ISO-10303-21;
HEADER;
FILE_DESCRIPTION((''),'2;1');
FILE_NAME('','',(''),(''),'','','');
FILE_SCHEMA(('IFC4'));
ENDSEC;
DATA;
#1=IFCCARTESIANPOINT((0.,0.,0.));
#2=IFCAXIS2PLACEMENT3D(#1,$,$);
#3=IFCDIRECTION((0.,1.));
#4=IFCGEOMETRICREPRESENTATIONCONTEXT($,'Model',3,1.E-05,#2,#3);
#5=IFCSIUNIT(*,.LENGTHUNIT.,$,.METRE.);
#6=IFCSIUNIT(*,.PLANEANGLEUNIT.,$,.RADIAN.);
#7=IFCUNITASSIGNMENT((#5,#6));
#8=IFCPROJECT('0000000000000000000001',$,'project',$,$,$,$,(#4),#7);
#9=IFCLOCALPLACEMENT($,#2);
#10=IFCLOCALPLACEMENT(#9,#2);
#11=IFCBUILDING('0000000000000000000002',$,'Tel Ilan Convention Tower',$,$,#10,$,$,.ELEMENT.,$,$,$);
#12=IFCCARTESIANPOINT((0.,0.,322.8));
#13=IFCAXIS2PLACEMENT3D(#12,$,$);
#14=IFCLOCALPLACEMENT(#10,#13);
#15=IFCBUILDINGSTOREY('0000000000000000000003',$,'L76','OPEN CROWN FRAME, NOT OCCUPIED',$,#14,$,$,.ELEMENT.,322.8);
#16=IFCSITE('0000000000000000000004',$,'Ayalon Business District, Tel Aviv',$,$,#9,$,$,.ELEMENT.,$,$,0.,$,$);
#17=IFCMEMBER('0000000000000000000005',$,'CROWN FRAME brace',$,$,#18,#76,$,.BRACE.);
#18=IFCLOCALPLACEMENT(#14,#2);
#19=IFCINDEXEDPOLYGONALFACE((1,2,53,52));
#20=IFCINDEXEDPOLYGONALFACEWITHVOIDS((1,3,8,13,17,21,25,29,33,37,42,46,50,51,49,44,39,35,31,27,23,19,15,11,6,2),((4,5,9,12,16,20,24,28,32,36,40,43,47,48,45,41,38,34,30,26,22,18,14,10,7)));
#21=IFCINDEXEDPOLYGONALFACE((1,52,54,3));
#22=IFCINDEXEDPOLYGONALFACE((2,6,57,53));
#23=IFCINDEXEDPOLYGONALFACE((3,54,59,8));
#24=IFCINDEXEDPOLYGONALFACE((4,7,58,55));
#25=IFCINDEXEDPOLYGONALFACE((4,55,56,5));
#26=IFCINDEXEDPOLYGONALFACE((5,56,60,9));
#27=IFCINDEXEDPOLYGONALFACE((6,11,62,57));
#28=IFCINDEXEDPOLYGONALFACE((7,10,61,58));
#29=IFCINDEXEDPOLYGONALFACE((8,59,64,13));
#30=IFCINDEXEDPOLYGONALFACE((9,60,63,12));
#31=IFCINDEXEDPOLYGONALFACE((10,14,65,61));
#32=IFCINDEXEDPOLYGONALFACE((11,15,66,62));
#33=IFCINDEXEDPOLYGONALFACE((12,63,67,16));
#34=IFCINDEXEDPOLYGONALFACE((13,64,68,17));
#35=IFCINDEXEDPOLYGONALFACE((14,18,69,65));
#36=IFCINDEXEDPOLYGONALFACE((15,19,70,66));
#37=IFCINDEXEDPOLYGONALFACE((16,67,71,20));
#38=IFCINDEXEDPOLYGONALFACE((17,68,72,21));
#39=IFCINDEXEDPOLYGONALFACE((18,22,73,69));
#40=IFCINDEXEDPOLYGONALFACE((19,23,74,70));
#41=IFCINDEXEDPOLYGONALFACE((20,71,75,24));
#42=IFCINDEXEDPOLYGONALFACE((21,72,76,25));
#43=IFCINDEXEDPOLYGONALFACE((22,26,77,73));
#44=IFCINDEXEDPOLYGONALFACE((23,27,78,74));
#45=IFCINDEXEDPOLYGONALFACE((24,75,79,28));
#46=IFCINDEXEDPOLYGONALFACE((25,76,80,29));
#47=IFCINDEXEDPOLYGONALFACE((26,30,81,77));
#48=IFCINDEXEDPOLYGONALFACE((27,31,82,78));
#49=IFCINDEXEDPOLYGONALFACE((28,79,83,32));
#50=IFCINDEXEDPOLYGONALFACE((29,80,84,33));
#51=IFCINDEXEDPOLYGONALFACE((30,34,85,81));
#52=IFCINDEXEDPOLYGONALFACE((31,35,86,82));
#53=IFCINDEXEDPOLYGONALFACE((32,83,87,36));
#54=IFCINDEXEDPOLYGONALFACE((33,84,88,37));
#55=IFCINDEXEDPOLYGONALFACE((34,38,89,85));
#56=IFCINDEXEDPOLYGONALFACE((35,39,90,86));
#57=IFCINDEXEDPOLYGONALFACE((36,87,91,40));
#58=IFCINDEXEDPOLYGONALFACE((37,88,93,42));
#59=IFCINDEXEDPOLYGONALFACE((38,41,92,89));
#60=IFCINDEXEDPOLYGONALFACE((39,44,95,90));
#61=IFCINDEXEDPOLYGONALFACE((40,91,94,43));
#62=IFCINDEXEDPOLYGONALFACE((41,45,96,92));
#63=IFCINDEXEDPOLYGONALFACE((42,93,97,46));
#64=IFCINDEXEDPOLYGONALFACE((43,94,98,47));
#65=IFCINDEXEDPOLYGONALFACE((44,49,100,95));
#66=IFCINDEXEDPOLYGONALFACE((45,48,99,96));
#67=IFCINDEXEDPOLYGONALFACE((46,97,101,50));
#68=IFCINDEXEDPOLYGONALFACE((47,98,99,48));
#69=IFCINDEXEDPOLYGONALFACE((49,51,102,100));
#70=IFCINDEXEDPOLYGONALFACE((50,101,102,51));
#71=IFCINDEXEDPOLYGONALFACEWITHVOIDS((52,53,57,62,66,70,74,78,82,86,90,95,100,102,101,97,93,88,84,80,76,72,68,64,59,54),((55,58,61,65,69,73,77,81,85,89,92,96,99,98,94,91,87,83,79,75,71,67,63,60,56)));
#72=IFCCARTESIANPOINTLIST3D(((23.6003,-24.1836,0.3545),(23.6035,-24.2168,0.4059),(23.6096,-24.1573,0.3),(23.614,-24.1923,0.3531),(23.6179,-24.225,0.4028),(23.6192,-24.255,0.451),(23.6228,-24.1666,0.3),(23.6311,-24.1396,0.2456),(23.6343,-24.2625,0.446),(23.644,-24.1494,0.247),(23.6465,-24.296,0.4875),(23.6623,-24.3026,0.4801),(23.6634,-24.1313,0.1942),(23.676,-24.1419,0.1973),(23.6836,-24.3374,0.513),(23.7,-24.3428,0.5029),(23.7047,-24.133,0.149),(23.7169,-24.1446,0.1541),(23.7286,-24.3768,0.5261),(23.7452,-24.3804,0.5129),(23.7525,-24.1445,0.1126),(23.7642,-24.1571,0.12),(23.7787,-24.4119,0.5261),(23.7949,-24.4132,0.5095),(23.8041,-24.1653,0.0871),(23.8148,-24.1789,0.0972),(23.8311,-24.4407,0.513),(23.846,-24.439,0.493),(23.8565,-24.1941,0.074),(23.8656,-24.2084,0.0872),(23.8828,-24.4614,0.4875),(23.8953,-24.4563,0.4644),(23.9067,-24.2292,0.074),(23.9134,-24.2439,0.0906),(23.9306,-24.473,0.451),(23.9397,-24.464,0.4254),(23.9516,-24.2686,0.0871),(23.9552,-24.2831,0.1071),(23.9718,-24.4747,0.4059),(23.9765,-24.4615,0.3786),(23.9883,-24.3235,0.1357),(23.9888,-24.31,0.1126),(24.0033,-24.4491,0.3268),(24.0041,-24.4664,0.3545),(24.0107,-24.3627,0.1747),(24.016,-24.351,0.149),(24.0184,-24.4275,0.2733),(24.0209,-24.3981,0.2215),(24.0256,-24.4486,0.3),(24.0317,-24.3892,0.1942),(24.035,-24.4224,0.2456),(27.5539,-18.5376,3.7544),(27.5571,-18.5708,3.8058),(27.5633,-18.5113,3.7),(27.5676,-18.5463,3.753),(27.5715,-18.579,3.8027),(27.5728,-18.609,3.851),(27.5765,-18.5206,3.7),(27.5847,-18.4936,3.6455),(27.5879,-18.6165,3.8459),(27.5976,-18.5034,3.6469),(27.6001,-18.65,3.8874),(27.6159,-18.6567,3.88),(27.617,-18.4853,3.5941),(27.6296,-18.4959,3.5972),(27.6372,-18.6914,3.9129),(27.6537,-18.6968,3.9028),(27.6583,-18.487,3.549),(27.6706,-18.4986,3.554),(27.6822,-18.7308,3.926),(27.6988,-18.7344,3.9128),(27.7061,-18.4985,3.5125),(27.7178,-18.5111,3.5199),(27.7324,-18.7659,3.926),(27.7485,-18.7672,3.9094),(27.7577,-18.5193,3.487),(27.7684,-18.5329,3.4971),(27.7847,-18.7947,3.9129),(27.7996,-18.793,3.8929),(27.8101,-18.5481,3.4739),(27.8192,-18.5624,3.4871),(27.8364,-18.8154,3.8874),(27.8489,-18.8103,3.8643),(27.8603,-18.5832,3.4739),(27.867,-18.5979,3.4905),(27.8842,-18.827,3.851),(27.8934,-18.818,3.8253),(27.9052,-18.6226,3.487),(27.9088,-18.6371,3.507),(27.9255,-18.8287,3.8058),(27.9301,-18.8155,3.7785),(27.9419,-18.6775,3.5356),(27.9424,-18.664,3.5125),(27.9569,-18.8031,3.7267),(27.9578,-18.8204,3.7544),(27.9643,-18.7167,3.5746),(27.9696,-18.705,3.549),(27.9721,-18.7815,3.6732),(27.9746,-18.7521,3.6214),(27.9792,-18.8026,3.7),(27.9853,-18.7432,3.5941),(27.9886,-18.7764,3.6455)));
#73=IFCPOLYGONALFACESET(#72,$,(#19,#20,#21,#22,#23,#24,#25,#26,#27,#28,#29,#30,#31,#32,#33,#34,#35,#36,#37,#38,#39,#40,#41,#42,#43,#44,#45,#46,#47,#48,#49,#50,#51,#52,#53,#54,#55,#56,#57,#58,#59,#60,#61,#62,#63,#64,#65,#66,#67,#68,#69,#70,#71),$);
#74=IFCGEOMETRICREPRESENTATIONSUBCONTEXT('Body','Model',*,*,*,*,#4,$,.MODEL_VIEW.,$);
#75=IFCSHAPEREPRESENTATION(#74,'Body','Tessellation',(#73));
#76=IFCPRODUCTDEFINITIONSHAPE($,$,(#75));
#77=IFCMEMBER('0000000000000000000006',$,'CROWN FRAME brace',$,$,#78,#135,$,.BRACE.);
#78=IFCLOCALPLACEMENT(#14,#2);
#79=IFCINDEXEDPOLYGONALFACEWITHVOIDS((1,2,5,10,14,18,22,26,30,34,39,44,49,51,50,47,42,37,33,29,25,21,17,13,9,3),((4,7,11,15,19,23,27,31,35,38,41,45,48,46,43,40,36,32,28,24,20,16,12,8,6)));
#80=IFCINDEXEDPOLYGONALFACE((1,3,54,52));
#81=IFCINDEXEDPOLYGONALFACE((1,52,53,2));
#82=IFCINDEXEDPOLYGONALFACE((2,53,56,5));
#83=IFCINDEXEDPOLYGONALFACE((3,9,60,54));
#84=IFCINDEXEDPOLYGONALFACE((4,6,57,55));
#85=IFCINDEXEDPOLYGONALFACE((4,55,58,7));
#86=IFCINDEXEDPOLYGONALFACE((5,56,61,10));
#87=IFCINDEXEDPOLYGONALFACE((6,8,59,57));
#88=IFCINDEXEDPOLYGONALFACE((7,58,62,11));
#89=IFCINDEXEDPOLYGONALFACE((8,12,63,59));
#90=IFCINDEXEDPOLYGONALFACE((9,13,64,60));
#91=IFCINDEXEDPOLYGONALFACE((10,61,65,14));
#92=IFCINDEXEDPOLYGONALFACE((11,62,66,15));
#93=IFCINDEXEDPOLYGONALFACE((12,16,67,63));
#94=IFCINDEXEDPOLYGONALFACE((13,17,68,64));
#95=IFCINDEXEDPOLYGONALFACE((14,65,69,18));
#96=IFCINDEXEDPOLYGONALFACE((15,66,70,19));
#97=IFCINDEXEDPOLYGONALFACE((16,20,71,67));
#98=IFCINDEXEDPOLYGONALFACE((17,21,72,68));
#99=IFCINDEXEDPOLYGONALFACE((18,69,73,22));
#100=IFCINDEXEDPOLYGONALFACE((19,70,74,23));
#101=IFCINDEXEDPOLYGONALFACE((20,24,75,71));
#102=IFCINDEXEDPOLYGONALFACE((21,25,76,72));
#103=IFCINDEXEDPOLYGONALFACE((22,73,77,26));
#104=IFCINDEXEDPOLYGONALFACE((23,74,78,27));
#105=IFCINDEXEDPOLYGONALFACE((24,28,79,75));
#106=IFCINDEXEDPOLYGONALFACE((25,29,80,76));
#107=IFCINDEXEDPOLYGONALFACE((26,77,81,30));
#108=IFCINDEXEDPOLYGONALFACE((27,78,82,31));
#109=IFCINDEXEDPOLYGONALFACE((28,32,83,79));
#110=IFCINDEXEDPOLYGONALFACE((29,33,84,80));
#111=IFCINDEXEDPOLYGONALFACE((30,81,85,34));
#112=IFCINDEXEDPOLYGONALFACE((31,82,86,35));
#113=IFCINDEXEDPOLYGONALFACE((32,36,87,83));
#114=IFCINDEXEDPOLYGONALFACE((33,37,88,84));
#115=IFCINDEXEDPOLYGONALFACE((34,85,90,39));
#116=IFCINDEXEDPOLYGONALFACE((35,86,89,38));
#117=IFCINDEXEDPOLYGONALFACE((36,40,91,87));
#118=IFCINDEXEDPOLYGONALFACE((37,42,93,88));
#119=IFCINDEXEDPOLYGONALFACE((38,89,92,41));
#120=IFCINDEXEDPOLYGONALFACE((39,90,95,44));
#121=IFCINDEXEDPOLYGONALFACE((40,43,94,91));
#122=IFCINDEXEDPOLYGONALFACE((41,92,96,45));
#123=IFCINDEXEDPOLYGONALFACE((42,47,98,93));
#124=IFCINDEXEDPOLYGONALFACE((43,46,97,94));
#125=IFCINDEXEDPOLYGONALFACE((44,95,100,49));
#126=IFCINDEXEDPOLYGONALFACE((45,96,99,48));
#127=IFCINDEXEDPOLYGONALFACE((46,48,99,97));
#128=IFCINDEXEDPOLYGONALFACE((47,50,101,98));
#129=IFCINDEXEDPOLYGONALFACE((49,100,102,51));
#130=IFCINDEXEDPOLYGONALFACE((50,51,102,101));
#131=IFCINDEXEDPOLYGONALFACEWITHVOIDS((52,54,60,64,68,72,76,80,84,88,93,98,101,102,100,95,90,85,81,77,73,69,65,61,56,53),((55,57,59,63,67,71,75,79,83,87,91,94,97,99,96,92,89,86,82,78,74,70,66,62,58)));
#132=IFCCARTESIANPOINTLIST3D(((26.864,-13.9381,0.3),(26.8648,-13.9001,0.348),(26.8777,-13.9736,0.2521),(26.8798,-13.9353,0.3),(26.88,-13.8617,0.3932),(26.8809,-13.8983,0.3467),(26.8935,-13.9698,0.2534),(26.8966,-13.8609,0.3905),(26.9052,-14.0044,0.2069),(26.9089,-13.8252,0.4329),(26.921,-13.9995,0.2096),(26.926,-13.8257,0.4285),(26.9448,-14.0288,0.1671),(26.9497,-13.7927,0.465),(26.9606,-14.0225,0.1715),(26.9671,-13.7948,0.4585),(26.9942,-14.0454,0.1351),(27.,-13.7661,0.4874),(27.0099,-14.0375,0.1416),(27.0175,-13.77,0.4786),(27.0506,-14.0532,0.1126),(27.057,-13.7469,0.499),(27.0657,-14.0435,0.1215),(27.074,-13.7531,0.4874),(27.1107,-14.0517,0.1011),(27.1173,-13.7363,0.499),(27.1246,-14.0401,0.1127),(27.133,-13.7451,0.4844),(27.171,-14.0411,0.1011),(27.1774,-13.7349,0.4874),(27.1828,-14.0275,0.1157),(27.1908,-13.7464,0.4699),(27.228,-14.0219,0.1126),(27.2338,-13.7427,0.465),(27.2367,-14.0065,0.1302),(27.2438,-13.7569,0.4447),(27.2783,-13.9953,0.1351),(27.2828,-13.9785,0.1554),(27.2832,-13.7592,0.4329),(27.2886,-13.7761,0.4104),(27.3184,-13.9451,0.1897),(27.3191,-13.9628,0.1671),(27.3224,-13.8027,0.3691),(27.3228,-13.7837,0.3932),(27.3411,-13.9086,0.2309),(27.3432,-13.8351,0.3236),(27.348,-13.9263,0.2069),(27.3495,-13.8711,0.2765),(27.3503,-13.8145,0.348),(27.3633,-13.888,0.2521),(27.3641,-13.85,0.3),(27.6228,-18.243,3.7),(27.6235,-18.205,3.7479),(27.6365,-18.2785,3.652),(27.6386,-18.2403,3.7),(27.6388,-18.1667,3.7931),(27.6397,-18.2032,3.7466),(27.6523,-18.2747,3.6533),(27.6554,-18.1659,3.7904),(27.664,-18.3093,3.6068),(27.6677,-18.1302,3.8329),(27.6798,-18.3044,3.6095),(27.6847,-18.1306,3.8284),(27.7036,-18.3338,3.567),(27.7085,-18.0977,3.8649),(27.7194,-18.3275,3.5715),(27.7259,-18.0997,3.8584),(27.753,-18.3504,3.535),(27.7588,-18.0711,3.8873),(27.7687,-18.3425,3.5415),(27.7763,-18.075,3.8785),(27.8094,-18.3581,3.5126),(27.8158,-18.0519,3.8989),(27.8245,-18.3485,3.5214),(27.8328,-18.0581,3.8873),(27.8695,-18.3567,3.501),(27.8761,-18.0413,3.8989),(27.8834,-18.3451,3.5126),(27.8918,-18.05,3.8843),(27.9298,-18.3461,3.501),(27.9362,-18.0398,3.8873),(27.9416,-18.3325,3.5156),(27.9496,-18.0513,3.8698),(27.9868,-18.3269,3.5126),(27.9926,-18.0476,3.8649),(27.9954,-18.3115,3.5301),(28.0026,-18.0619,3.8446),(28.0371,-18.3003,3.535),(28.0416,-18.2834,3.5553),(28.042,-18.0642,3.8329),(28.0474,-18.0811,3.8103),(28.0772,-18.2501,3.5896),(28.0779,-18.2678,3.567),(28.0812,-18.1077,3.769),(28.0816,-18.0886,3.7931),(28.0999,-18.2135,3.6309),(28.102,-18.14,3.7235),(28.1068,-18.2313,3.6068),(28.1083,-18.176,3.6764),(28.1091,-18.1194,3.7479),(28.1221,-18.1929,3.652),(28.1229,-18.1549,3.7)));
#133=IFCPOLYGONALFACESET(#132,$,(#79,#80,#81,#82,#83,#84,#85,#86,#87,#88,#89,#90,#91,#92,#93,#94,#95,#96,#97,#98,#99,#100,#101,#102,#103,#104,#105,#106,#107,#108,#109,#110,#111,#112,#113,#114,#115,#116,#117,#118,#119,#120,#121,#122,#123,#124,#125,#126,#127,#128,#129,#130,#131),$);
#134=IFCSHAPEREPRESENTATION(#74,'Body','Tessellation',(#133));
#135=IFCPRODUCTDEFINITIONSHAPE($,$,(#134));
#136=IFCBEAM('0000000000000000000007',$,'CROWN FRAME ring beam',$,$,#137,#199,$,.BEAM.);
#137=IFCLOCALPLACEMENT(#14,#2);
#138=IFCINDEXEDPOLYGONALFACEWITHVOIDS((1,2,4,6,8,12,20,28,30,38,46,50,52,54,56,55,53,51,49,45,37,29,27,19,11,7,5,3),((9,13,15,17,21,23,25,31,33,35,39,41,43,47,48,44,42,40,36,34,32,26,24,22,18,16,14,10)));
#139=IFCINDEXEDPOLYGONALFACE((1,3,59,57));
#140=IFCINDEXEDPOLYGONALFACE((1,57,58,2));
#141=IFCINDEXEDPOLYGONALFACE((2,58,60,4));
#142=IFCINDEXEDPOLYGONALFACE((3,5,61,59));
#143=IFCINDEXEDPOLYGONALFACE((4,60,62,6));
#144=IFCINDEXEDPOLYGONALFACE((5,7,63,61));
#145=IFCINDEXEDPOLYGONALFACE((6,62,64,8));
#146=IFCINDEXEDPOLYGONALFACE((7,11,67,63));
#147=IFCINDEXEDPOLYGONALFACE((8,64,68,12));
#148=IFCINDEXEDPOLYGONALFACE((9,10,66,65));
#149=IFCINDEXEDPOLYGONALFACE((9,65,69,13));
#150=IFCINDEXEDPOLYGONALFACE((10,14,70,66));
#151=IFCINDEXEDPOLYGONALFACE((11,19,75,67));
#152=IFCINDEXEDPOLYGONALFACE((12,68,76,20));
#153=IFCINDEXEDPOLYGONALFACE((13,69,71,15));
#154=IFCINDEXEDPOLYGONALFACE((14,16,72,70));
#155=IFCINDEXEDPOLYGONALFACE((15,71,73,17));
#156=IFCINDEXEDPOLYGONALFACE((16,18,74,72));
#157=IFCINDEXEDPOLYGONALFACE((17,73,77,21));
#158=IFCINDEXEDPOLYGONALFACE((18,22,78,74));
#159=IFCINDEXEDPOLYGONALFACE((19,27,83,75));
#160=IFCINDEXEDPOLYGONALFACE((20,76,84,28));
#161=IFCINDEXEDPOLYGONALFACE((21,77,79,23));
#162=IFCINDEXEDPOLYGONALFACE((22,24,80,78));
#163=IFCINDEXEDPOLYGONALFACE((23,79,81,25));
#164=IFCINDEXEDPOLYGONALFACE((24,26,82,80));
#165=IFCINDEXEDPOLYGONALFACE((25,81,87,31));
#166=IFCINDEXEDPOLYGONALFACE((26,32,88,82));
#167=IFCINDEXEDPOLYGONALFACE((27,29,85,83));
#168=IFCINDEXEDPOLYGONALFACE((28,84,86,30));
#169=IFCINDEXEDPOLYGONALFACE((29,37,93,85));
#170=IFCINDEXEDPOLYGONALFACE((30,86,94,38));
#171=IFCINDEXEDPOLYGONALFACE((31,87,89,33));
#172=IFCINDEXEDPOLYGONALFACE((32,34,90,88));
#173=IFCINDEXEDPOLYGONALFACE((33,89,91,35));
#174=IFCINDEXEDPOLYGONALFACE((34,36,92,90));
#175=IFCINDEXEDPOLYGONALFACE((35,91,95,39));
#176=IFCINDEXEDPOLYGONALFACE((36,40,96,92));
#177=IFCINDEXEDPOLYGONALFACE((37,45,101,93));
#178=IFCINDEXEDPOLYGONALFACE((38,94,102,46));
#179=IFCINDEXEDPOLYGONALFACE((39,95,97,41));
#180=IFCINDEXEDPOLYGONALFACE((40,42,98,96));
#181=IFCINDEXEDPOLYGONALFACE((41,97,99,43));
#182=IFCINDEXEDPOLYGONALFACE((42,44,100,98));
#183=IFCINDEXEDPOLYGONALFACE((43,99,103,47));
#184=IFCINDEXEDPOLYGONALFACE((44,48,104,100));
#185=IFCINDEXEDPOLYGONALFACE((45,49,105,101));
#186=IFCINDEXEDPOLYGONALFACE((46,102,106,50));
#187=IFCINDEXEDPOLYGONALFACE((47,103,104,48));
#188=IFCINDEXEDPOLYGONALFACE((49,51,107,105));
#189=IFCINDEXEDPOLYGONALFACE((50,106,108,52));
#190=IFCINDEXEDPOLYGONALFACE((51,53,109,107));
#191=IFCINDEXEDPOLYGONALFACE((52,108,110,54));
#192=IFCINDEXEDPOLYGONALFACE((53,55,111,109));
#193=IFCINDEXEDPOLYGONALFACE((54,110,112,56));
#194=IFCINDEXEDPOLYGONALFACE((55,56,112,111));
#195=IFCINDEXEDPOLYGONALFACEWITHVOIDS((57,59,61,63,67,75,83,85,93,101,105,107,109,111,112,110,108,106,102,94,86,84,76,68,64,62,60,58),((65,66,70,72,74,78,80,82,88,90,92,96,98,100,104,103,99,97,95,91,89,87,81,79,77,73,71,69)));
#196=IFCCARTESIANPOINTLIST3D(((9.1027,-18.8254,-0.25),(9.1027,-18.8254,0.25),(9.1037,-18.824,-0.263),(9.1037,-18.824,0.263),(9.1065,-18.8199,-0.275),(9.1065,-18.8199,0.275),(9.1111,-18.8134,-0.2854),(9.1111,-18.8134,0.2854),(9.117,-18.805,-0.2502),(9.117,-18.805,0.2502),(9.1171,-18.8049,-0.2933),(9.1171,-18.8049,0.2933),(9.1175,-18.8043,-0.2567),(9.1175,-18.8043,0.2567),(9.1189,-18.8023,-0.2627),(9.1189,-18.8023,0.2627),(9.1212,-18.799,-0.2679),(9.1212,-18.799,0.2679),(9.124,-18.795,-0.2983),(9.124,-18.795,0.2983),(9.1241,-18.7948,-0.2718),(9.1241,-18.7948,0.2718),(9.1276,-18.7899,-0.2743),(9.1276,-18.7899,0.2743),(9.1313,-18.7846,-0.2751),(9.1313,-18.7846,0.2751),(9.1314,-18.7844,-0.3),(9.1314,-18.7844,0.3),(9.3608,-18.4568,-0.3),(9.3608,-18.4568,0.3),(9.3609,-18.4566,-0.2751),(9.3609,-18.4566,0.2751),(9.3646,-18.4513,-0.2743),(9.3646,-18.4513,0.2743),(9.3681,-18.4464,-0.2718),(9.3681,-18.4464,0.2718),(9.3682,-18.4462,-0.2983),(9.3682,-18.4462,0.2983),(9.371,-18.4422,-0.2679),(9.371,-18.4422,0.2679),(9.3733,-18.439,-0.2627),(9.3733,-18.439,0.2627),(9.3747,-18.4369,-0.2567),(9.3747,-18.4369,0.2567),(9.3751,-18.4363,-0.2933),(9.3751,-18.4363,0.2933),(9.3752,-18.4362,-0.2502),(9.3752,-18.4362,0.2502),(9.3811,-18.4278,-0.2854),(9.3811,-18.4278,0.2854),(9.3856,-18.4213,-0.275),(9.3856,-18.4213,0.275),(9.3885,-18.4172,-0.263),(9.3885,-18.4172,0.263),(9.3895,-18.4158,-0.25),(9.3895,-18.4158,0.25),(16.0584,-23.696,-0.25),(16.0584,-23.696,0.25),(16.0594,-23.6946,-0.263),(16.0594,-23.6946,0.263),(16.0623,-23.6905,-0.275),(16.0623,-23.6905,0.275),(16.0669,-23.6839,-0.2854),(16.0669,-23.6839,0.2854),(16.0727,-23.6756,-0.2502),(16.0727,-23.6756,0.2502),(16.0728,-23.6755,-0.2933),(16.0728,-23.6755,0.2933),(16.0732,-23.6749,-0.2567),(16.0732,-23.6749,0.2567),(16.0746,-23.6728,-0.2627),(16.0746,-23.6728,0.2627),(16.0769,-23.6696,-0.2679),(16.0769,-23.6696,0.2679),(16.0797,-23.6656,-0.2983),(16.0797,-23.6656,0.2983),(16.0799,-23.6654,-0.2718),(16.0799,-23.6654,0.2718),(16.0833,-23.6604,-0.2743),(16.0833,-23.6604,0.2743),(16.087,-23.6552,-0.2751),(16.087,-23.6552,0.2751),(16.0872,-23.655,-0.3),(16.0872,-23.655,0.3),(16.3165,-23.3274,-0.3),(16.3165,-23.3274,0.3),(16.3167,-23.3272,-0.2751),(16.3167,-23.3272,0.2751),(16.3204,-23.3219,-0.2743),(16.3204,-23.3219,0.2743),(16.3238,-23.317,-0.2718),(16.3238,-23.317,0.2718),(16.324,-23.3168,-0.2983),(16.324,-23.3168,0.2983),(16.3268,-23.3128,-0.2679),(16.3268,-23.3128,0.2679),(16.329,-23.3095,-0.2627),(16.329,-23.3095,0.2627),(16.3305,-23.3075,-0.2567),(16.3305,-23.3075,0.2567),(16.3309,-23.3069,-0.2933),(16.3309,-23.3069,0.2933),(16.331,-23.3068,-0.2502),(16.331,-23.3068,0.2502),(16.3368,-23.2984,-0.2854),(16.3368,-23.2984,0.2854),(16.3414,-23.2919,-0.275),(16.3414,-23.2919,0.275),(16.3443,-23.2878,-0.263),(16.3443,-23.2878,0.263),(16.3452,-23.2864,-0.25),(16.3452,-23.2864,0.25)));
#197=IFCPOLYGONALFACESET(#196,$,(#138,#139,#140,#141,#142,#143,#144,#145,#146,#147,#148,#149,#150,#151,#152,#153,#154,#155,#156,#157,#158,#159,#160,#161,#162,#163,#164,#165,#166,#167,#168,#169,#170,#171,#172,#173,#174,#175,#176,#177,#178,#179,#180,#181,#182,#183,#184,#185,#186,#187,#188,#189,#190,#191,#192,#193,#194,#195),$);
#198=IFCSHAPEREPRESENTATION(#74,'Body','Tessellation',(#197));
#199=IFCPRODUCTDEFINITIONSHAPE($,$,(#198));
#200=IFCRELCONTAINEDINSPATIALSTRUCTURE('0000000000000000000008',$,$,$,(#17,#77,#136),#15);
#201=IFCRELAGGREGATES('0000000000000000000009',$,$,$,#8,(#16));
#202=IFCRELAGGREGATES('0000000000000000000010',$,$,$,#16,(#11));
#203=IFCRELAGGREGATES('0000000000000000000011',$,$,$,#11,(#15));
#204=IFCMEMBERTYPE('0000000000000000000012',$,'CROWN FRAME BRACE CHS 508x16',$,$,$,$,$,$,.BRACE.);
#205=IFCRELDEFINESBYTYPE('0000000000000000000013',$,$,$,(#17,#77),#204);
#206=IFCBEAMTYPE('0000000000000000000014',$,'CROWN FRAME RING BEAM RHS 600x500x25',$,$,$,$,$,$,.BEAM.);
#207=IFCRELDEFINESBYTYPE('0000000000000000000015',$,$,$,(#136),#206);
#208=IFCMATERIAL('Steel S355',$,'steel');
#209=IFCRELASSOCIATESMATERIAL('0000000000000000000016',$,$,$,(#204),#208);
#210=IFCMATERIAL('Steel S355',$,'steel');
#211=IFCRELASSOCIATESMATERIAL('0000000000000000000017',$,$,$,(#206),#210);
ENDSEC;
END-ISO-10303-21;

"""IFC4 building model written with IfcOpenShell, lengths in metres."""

from ifc_helpers import new_model, si_unit, direction, frame, origin, origin_2d, place, context, subcontext, project, spatial, hollow_rectangle, hollow_circle, extrude, material, material_profile, profile_set, type_object, element, save


model = new_model("IFC4")

# Units and contexts
model_context = context("Model", 3, precision=1e-05, world=origin(), true_north=direction((0.0, 1.0)))
body_context = subcontext(model_context, "Body", "Model", "MODEL_VIEW")
ifc_project = project(units=[si_unit("LENGTHUNIT", "METRE"), si_unit("PLANEANGLEUNIT", "RADIAN")], contexts=[model_context])

# Site, building, storey
site_placement = place(None, origin())
site = spatial("IfcSite", under=ifc_project, at=site_placement, Name="Ayalon Business District, Tel Aviv", CompositionType="ELEMENT", RefElevation=0.0)
building_placement = place(site_placement, origin())
building = spatial("IfcBuilding", under=site, at=building_placement, Name="Tel Ilan Convention Tower", CompositionType="ELEMENT")
storey_placement = place(building_placement, frame((0.0, 0.0, 322.8)))
storey = spatial("IfcBuildingStorey", under=building, at=storey_placement, Name="L76", Description="OPEN CROWN FRAME, NOT OCCUPIED", CompositionType="ELEMENT", Elevation=322.8)

# Members
ifc_material_1 = material(Name="Steel S355", Category="steel")
ifc_material_profile_1 = material_profile(ifc_material_1, hollow_circle(Radius=0.2539, WallThickness=0.0161, at=origin_2d()), Name="CHS 508x16")
ifc_profile_set_1 = profile_set([ifc_material_profile_1], Name="Steel S355")
member_type = type_object("IfcMemberType", Name="CROWN FRAME BRACE CHS 508x16", PredefinedType="BRACE", material=ifc_profile_set_1)
member_1_placement = place(storey_placement, frame((23.8176, -24.303, 0.3), z_axis=(0.514422, 0.734625, 0.442376), x_axis=(-0.819135, 0.5736, 0.0)))
element("IfcMember", 1, at=member_1_placement, inside=storey, type_object=member_type, Name="CROWN FRAME brace", PredefinedType="BRACE", context=body_context, shape_type="SweptSolid", body=[
    extrude(hollow_circle(Radius=0.2539, WallThickness=0.0161, at=origin_2d()), origin(), (0.0, 0.0, 1.0), 7.6855),
])
member_2_placement = place(storey_placement, frame((27.8728, -18.199, 3.7), z_axis=(-0.137019, 0.777368, -0.613942), x_axis=(-0.984819, -0.173585, 0.0)))
element("IfcMember", 2, at=member_2_placement, inside=storey, type_object=member_type, Name="CROWN FRAME brace", PredefinedType="BRACE", context=body_context, shape_type="SweptSolid", body=[
    extrude(hollow_circle(Radius=0.2539, WallThickness=0.0161, at=origin_2d()), origin(), (0.0, 0.0, 1.0), 5.5378),
])

# Beam
ifc_material_2 = material(Name="Steel S355", Category="steel")
ifc_material_profile_2 = material_profile(ifc_material_2, hollow_rectangle(XDim=0.5, YDim=0.6001, WallThickness=0.0249, InnerFilletRadius=0.0249, OuterFilletRadius=0.05, at=origin_2d()), Name="RHS 600x500x25")
ifc_profile_set_2 = profile_set([ifc_material_profile_2], Name="Steel S355")
beam_type = type_object("IfcBeamType", Name="CROWN FRAME RING BEAM RHS 600x500x25", PredefinedType="BEAM", material=ifc_profile_set_2)
beam_1_placement = place(storey_placement, frame((9.2461, -18.6206, 0.0), z_axis=(0.819147, -0.573584, 0.0), x_axis=(0.573584, 0.819147, 0.0)))
element("IfcBeam", 3, at=beam_1_placement, inside=storey, type_object=beam_type, Name="CROWN FRAME ring beam", PredefinedType="BEAM", context=body_context, shape_type="SweptSolid", body=[
    extrude(hollow_rectangle(XDim=0.5, YDim=0.6001, WallThickness=0.0249, InnerFilletRadius=0.0249, OuterFilletRadius=0.05, at=origin_2d()), origin(), (0.0, 0.0, 1.0), 8.4915),
])

save(model, "model.ifc")
